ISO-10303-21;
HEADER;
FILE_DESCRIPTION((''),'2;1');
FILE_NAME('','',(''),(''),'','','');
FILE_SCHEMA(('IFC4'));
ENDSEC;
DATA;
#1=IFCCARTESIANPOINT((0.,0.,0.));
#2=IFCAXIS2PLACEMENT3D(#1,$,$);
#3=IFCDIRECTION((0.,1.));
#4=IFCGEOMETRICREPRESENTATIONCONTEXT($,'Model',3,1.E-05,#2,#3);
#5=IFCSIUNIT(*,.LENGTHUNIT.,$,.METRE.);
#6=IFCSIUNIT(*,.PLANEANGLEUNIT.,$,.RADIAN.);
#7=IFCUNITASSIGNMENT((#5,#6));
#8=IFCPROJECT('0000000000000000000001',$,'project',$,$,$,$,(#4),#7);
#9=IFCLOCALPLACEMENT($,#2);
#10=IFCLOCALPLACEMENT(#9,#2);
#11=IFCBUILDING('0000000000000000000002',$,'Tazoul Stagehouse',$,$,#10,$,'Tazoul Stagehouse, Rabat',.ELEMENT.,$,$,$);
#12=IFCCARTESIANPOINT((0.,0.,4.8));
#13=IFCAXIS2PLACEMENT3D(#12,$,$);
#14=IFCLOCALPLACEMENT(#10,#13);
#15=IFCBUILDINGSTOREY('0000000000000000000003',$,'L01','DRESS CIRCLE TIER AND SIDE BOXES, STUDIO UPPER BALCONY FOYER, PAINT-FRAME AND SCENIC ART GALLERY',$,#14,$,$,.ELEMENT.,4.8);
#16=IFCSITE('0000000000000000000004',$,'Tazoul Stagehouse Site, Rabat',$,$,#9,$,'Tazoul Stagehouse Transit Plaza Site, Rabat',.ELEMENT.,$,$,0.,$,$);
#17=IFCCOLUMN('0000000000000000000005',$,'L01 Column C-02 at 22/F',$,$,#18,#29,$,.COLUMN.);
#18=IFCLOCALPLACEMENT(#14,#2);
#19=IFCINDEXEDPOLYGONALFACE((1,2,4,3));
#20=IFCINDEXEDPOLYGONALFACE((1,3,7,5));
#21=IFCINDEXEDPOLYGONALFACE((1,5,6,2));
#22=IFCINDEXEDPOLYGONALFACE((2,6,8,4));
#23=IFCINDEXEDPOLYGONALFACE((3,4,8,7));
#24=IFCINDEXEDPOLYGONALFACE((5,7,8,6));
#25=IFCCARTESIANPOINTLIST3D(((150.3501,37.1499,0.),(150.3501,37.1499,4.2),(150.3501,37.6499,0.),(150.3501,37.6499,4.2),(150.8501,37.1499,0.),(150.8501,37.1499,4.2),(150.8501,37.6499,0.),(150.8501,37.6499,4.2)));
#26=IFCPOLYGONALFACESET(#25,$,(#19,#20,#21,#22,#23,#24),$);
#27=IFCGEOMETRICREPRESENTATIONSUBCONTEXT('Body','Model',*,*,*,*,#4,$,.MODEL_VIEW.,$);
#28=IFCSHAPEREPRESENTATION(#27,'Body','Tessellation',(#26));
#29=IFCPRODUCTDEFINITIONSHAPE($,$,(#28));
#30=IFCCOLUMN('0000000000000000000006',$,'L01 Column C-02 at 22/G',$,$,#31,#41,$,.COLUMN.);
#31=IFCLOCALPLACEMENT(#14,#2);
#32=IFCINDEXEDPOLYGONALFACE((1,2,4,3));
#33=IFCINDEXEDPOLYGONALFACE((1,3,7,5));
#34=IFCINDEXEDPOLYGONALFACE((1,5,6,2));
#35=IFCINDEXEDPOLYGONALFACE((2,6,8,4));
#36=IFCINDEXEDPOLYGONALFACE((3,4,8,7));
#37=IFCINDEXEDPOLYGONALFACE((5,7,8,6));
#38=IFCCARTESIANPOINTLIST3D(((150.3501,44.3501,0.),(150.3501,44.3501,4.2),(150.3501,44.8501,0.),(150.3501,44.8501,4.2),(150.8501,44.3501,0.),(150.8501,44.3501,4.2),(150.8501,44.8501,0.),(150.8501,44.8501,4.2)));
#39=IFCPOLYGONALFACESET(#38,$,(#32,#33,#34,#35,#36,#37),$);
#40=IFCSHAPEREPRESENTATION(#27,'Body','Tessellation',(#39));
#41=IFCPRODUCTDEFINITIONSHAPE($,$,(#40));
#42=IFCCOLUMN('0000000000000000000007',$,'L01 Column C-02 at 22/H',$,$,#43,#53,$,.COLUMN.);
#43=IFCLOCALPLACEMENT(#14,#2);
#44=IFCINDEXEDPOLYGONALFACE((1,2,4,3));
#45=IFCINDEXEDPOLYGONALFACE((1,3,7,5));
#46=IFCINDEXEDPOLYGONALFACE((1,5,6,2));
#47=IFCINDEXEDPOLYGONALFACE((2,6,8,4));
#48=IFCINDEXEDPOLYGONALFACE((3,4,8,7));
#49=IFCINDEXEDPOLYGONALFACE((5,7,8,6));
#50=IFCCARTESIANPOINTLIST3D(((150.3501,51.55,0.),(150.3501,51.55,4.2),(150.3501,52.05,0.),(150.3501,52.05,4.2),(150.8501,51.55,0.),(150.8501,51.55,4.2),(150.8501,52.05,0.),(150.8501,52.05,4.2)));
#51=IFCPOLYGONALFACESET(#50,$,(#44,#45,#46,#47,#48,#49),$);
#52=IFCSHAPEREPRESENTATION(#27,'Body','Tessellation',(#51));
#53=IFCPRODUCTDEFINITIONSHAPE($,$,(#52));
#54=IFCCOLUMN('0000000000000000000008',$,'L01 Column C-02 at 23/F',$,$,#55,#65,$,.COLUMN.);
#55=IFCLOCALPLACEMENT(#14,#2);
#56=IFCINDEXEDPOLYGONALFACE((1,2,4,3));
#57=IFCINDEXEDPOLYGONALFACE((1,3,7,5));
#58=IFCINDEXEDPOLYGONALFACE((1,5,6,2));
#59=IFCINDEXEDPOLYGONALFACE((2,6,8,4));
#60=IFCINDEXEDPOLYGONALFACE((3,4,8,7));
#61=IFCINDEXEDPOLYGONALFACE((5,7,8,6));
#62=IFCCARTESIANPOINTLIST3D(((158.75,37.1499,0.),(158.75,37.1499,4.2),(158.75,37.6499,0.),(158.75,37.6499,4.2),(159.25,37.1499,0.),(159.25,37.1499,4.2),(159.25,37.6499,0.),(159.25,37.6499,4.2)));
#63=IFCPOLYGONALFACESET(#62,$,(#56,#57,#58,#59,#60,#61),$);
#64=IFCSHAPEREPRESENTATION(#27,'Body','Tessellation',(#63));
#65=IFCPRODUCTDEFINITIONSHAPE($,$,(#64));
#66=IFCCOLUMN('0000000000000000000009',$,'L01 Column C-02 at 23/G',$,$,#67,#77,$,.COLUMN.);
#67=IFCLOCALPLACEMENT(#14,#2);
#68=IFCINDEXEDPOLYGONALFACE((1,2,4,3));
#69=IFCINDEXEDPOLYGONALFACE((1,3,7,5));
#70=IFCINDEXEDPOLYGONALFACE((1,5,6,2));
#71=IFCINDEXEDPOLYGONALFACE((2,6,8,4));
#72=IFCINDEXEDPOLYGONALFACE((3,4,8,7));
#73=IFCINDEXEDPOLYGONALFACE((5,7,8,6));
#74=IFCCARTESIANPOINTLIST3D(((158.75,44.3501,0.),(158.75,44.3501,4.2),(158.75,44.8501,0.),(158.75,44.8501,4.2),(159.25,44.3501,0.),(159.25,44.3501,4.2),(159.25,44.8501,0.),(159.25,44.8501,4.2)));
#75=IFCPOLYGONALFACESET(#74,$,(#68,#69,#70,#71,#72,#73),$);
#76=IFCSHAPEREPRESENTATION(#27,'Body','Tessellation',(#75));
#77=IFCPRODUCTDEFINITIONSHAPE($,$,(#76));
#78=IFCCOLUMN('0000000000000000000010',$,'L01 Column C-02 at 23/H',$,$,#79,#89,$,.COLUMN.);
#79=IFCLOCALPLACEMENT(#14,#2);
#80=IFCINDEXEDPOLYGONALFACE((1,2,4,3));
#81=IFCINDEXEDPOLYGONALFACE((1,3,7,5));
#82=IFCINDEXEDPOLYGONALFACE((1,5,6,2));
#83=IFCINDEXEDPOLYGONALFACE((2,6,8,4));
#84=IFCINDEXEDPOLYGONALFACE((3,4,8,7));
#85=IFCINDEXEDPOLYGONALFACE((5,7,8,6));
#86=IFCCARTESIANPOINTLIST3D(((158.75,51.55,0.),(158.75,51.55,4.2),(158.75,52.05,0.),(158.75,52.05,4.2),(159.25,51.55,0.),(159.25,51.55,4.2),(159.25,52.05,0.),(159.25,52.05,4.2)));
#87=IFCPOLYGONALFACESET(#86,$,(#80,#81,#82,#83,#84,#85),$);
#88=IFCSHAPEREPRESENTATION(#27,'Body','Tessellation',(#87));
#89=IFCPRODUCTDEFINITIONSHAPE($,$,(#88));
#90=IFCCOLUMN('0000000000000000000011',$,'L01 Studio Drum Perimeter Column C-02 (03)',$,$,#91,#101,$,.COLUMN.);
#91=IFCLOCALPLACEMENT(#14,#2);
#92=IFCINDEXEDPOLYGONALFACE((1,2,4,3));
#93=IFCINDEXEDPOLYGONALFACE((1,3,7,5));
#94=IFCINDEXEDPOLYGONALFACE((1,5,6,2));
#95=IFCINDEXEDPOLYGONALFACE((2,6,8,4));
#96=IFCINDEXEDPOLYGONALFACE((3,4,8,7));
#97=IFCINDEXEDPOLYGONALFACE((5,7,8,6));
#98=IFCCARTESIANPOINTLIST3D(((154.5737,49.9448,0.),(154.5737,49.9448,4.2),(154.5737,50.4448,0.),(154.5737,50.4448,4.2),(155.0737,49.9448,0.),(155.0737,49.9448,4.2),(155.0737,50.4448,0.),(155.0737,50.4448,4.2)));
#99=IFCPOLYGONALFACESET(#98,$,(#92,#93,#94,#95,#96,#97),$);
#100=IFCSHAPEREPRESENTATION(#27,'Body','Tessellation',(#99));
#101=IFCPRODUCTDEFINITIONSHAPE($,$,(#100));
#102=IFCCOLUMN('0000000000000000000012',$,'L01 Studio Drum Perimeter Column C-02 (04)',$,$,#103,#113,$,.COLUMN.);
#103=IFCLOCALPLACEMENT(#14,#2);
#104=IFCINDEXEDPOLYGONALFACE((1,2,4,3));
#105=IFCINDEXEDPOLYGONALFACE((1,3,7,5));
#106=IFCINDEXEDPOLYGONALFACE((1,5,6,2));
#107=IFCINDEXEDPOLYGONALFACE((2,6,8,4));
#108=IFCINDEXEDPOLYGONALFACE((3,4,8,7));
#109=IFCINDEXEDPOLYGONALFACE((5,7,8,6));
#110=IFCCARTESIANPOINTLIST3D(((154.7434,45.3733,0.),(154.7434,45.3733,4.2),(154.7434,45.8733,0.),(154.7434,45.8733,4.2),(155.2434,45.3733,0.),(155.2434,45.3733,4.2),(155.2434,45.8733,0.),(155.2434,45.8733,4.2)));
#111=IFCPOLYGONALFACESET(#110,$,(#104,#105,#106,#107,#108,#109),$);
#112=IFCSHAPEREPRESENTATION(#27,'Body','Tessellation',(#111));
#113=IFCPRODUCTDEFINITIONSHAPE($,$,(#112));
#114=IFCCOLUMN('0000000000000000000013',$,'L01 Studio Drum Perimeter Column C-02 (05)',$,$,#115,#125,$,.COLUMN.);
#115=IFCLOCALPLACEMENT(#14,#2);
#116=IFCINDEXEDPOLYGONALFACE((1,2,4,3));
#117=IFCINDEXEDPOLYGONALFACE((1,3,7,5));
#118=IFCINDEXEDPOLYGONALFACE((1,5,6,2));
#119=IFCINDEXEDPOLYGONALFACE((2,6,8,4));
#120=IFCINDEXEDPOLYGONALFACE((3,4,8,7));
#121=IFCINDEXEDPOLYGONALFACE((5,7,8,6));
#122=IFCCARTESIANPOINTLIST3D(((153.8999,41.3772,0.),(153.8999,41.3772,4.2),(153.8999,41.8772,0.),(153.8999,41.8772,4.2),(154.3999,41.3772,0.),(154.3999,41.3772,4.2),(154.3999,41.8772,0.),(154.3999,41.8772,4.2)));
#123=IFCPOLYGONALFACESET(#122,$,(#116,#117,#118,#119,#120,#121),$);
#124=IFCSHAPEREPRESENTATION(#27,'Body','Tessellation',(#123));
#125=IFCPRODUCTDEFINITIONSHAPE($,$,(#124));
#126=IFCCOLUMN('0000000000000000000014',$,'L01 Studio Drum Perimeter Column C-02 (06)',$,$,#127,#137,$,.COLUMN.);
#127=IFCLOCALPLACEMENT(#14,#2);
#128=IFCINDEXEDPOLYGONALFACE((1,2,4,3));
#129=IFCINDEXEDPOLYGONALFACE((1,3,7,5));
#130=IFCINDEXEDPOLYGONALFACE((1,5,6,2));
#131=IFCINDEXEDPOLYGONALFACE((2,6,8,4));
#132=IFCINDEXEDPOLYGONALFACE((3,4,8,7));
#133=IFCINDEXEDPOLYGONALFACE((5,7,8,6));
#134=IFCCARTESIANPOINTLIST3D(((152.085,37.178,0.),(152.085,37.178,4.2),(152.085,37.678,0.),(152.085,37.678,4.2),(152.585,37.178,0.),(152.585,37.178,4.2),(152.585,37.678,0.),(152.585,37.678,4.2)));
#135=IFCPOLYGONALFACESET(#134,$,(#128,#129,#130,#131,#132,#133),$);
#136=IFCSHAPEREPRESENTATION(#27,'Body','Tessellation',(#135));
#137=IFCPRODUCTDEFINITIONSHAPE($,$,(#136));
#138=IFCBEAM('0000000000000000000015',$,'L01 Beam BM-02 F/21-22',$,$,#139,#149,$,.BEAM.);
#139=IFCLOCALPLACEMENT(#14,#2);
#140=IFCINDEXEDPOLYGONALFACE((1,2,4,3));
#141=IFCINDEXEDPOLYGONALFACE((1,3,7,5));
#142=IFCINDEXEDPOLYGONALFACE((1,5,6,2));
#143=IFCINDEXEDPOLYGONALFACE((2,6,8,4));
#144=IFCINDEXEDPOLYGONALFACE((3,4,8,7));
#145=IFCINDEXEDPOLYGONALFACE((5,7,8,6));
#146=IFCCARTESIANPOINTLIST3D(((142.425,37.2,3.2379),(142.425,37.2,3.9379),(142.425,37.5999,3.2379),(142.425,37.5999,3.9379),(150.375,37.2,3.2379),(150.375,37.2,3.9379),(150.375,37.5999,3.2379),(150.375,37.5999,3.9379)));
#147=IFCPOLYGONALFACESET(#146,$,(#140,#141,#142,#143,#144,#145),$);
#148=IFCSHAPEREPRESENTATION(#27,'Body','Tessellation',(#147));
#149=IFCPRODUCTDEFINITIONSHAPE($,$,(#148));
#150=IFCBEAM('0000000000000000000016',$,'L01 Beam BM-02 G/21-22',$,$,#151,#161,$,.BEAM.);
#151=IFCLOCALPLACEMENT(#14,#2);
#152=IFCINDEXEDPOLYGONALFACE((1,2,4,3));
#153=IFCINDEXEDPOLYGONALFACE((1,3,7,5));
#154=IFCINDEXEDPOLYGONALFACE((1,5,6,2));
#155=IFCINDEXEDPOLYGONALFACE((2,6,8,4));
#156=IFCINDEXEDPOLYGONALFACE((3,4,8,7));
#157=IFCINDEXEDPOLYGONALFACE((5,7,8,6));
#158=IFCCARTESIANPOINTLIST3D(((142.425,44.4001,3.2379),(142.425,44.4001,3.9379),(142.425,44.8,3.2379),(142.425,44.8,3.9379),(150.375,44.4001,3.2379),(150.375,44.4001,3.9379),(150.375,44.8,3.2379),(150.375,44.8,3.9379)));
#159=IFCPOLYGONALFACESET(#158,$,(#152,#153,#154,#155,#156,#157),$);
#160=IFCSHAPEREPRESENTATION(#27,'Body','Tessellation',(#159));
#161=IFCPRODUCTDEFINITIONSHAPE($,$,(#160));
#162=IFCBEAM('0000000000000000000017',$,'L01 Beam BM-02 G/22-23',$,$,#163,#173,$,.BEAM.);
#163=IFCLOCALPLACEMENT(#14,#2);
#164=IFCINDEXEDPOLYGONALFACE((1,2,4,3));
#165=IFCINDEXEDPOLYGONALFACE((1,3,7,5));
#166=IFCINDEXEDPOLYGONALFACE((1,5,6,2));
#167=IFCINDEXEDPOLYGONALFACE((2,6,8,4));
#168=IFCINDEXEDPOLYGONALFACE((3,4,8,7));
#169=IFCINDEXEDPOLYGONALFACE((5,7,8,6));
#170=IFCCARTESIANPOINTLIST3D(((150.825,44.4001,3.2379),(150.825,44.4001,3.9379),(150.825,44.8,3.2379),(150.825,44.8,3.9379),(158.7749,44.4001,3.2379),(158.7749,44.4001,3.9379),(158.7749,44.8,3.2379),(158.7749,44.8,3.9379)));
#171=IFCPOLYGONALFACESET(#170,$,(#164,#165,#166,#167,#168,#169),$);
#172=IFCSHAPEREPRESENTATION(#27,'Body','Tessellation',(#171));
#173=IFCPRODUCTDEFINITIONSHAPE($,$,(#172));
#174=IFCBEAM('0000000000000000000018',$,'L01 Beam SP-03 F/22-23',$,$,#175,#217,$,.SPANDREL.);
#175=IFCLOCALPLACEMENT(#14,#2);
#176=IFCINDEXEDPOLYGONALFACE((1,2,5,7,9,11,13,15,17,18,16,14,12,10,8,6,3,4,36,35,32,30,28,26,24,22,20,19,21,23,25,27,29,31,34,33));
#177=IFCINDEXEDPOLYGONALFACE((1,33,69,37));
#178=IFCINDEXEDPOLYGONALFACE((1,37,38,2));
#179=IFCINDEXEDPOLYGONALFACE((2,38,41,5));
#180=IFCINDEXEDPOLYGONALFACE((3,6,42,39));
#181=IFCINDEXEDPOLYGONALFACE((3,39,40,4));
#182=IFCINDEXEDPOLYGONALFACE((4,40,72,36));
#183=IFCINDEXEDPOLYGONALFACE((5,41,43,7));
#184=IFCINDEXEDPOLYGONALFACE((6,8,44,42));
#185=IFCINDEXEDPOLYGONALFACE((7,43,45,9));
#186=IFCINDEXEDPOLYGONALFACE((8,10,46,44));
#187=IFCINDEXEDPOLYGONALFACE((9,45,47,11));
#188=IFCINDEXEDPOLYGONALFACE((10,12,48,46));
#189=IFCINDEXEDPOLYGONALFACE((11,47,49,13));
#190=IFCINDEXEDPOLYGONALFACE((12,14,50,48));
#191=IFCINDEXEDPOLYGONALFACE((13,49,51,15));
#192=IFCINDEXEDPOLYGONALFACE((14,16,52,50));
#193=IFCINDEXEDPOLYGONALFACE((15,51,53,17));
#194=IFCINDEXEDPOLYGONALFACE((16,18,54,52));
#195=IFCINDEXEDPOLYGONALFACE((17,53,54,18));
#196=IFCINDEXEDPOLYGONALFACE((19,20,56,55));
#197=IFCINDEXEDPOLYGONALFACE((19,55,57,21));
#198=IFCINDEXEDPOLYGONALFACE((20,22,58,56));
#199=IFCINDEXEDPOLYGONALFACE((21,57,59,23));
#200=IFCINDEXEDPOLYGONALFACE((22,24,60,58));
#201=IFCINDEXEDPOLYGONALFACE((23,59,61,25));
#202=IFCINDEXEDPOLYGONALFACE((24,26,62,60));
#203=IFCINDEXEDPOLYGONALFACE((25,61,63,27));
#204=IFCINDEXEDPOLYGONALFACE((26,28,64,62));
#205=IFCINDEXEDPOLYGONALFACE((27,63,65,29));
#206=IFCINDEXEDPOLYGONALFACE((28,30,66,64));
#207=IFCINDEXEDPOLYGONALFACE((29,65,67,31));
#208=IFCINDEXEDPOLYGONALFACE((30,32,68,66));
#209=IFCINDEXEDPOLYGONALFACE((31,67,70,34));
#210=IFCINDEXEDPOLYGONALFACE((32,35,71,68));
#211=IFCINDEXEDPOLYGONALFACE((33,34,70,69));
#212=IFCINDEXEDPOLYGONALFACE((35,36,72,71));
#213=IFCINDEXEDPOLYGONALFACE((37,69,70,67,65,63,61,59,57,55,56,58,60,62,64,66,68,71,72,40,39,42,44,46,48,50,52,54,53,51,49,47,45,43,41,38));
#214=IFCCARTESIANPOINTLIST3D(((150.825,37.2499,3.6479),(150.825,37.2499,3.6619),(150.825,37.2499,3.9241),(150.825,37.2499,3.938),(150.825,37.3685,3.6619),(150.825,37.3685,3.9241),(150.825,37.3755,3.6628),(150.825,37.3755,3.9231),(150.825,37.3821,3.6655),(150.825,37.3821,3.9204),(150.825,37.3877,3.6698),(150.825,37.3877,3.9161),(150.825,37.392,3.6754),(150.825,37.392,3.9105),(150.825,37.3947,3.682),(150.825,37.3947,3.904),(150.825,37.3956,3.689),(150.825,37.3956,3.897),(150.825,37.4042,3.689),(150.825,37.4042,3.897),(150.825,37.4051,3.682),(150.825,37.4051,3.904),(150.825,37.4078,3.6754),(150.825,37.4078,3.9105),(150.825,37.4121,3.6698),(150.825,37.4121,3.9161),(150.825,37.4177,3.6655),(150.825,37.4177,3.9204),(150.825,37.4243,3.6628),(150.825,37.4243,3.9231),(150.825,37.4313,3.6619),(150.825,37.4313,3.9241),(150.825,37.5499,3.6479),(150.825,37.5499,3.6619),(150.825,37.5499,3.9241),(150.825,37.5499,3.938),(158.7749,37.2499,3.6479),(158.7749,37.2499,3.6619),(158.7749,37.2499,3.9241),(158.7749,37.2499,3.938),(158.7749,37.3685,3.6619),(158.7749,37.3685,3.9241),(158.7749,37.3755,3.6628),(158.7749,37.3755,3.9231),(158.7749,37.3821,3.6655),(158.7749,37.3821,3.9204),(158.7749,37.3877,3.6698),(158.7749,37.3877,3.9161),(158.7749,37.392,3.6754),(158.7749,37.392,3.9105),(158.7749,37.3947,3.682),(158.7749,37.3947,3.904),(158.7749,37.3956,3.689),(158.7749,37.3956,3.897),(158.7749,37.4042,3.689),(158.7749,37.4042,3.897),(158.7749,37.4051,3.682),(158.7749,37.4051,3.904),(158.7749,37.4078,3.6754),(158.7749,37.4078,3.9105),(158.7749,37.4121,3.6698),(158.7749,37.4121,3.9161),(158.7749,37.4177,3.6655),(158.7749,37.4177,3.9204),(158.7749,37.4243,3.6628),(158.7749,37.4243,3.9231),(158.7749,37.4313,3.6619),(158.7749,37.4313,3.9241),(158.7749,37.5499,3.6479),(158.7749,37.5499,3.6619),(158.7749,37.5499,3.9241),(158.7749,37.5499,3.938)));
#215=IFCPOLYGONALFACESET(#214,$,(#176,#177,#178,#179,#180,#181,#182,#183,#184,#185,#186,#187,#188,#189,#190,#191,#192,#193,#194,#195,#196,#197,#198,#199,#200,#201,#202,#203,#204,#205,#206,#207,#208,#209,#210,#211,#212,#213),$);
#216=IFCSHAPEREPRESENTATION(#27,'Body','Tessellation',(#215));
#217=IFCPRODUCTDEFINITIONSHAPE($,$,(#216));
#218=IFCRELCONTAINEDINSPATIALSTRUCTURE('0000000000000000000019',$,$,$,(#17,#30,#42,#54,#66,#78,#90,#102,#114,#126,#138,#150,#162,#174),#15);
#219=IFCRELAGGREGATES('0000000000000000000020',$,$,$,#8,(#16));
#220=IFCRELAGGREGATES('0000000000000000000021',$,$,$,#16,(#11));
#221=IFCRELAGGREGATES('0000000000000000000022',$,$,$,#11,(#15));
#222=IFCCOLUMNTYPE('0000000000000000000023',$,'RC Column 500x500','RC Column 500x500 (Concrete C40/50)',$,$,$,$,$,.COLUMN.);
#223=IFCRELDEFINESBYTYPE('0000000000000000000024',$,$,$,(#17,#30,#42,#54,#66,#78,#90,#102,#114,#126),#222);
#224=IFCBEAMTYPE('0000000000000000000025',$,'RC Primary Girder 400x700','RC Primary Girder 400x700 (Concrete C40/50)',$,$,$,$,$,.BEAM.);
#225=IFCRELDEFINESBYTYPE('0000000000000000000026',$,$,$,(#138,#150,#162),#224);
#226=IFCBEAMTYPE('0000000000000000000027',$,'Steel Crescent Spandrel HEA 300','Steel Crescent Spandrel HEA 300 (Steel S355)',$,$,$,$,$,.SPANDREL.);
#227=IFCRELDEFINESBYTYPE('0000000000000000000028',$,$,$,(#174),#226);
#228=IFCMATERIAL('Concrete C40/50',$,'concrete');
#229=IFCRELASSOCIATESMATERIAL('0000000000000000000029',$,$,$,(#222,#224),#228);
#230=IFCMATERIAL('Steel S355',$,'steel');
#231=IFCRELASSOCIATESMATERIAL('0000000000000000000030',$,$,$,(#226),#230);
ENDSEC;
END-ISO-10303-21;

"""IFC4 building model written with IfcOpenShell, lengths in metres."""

from ifc_helpers import new_model, si_unit, direction, frame, origin, origin_2d, place, context, subcontext, project, spatial, rectangle, i_section, extrude, material, material_profile, profile_set, type_object, element, save


model = new_model("IFC4")

# Units and contexts
model_context = context("Model", 3, precision=1e-05, world=origin(), true_north=direction((0.0, 1.0)))
body_context = subcontext(model_context, "Body", "Model", "MODEL_VIEW")
ifc_project = project(units=[si_unit("LENGTHUNIT", "METRE"), si_unit("PLANEANGLEUNIT", "RADIAN")], contexts=[model_context])

# Site, building, storey
site_placement = place(None, origin())
site = spatial("IfcSite", under=ifc_project, at=site_placement, Name="Tazoul Stagehouse Site, Rabat", LongName="Tazoul Stagehouse Transit Plaza Site, Rabat", CompositionType="ELEMENT", RefElevation=0.0)
building_placement = place(site_placement, origin())
building = spatial("IfcBuilding", under=site, at=building_placement, Name="Tazoul Stagehouse", LongName="Tazoul Stagehouse, Rabat", CompositionType="ELEMENT")
storey_placement = place(building_placement, frame((0.0, 0.0, 4.8)))
storey = spatial("IfcBuildingStorey", under=building, at=storey_placement, Name="L01", Description="DRESS CIRCLE TIER AND SIDE BOXES, STUDIO UPPER BALCONY FOYER, PAINT-FRAME AND SCENIC ART GALLERY", CompositionType="ELEMENT", Elevation=4.8)

# Columns
ifc_material_1 = material(Name="Concrete C40/50", Category="concrete")
ifc_material_profile_1 = material_profile(ifc_material_1, rectangle(XDim=0.5, YDim=0.5, at=origin_2d()), Name="RC 500x500")
ifc_profile_set_1 = profile_set([ifc_material_profile_1], Name="Concrete C40/50")
column_type = type_object("IfcColumnType", Name="RC Column 500x500", Description="RC Column 500x500 (Concrete C40/50)", PredefinedType="COLUMN", material=ifc_profile_set_1)
for number, where, z_axis, x_axis, name in (
    (1, (150.6001, 37.3999, 0.0), (0.0, 0.0, 1.0), (1.0, 0.0, 0.0), "L01 Column C-02 at 22/F"),
    (2, (150.6001, 44.6001, 0.0), (0.0, 0.0, 1.0), (1.0, 0.0, 0.0), "L01 Column C-02 at 22/G"),
    (3, (150.6001, 51.8, 0.0), (0.0, 0.0, 1.0), (1.0, 0.0, 0.0), "L01 Column C-02 at 22/H"),
    (4, (159.0, 37.3999, 0.0), (0.0, 0.0, 1.0), (1.0, 0.0, 0.0), "L01 Column C-02 at 23/F"),
    (5, (159.0, 44.6001, 0.0), (0.0, 0.0, 1.0), (1.0, 0.0, 0.0), "L01 Column C-02 at 23/G"),
    (6, (159.0, 51.8, 0.0), (0.0, 0.0, 1.0), (1.0, 0.0, 0.0), "L01 Column C-02 at 23/H"),
    (7, (154.8237, 50.1948, 0.0), (0.0, 0.0, 1.0), (1.0, 0.0, 0.0), "L01 Studio Drum Perimeter Column C-02 (03)"),
    (8, (154.9934, 45.6233, 0.0), (0.0, 0.0, 1.0), (1.0, 0.0, 0.0), "L01 Studio Drum Perimeter Column C-02 (04)"),
    (9, (154.1499, 41.6272, 0.0), (0.0, 0.0, 1.0), (1.0, 0.0, 0.0), "L01 Studio Drum Perimeter Column C-02 (05)"),
    (10, (152.335, 37.428, 0.0), (0.0, 0.0, 1.0), (1.0, 0.0, 0.0), "L01 Studio Drum Perimeter Column C-02 (06)"),
):
    element("IfcColumn", number, at=place(storey_placement, frame(where, z_axis=z_axis, x_axis=x_axis)), inside=storey, type_object=column_type, Name=name, PredefinedType="COLUMN", context=body_context, shape_type="SweptSolid", body=[
        extrude(rectangle(XDim=0.5, YDim=0.5, at=origin_2d()), origin(), (0.0, 0.0, 1.0), 4.2),
    ])

# Beams
ifc_material_profile_2 = material_profile(ifc_material_1, rectangle(XDim=0.3999, YDim=0.7, at=origin_2d()), Name="RC 400x700")
ifc_profile_set_2 = profile_set([ifc_material_profile_2], Name="Concrete C40/50")
beam_type_1 = type_object("IfcBeamType", Name="RC Primary Girder 400x700", Description="RC Primary Girder 400x700 (Concrete C40/50)", PredefinedType="BEAM", material=ifc_profile_set_2)
for number, where, z_axis, x_axis, name in (
    (11, (142.425, 37.3999, 3.5879), (1.0, 0.0, 0.0), (0.0, 1.0, 0.0), "L01 Beam BM-02 F/21-22"),
    (12, (142.425, 44.6001, 3.5879), (1.0, 0.0, 0.0), (0.0, 1.0, 0.0), "L01 Beam BM-02 G/21-22"),
    (13, (150.825, 44.6001, 3.5879), (1.0, 0.0, 0.0), (0.0, 1.0, 0.0), "L01 Beam BM-02 G/22-23"),
):
    element("IfcBeam", number, at=place(storey_placement, frame(where, z_axis=z_axis, x_axis=x_axis)), inside=storey, type_object=beam_type_1, Name=name, PredefinedType="BEAM", context=body_context, shape_type="SweptSolid", body=[
        extrude(rectangle(XDim=0.3999, YDim=0.7, at=origin_2d()), origin(), (0.0, 0.0, 1.0), 7.95),
    ])
ifc_material_2 = material(Name="Steel S355", Category="steel")
ifc_material_profile_3 = material_profile(ifc_material_2, i_section(OverallWidth=0.3, OverallDepth=0.29, WebThickness=0.0085, FlangeThickness=0.0139, FilletRadius=0.0271, at=origin_2d()), Name="HEA 300")
ifc_profile_set_3 = profile_set([ifc_material_profile_3], Name="Steel S355")
beam_type_2 = type_object("IfcBeamType", Name="Steel Crescent Spandrel HEA 300", Description="Steel Crescent Spandrel HEA 300 (Steel S355)", PredefinedType="SPANDREL", material=ifc_profile_set_3)
beam_placement = place(storey_placement, frame((150.825, 37.3999, 3.793), z_axis=(1.0, 0.0, 0.0), x_axis=(0.0, 1.0, 0.0)))
element("IfcBeam", 14, at=beam_placement, inside=storey, type_object=beam_type_2, Name="L01 Beam SP-03 F/22-23", PredefinedType="SPANDREL", context=body_context, shape_type="SweptSolid", body=[
    extrude(i_section(OverallWidth=0.3, OverallDepth=0.29, WebThickness=0.0085, FlangeThickness=0.0139, FilletRadius=0.0271, at=origin_2d()), origin(), (0.0, 0.0, 1.0), 7.95),
])

save(model, "model.ifc")
